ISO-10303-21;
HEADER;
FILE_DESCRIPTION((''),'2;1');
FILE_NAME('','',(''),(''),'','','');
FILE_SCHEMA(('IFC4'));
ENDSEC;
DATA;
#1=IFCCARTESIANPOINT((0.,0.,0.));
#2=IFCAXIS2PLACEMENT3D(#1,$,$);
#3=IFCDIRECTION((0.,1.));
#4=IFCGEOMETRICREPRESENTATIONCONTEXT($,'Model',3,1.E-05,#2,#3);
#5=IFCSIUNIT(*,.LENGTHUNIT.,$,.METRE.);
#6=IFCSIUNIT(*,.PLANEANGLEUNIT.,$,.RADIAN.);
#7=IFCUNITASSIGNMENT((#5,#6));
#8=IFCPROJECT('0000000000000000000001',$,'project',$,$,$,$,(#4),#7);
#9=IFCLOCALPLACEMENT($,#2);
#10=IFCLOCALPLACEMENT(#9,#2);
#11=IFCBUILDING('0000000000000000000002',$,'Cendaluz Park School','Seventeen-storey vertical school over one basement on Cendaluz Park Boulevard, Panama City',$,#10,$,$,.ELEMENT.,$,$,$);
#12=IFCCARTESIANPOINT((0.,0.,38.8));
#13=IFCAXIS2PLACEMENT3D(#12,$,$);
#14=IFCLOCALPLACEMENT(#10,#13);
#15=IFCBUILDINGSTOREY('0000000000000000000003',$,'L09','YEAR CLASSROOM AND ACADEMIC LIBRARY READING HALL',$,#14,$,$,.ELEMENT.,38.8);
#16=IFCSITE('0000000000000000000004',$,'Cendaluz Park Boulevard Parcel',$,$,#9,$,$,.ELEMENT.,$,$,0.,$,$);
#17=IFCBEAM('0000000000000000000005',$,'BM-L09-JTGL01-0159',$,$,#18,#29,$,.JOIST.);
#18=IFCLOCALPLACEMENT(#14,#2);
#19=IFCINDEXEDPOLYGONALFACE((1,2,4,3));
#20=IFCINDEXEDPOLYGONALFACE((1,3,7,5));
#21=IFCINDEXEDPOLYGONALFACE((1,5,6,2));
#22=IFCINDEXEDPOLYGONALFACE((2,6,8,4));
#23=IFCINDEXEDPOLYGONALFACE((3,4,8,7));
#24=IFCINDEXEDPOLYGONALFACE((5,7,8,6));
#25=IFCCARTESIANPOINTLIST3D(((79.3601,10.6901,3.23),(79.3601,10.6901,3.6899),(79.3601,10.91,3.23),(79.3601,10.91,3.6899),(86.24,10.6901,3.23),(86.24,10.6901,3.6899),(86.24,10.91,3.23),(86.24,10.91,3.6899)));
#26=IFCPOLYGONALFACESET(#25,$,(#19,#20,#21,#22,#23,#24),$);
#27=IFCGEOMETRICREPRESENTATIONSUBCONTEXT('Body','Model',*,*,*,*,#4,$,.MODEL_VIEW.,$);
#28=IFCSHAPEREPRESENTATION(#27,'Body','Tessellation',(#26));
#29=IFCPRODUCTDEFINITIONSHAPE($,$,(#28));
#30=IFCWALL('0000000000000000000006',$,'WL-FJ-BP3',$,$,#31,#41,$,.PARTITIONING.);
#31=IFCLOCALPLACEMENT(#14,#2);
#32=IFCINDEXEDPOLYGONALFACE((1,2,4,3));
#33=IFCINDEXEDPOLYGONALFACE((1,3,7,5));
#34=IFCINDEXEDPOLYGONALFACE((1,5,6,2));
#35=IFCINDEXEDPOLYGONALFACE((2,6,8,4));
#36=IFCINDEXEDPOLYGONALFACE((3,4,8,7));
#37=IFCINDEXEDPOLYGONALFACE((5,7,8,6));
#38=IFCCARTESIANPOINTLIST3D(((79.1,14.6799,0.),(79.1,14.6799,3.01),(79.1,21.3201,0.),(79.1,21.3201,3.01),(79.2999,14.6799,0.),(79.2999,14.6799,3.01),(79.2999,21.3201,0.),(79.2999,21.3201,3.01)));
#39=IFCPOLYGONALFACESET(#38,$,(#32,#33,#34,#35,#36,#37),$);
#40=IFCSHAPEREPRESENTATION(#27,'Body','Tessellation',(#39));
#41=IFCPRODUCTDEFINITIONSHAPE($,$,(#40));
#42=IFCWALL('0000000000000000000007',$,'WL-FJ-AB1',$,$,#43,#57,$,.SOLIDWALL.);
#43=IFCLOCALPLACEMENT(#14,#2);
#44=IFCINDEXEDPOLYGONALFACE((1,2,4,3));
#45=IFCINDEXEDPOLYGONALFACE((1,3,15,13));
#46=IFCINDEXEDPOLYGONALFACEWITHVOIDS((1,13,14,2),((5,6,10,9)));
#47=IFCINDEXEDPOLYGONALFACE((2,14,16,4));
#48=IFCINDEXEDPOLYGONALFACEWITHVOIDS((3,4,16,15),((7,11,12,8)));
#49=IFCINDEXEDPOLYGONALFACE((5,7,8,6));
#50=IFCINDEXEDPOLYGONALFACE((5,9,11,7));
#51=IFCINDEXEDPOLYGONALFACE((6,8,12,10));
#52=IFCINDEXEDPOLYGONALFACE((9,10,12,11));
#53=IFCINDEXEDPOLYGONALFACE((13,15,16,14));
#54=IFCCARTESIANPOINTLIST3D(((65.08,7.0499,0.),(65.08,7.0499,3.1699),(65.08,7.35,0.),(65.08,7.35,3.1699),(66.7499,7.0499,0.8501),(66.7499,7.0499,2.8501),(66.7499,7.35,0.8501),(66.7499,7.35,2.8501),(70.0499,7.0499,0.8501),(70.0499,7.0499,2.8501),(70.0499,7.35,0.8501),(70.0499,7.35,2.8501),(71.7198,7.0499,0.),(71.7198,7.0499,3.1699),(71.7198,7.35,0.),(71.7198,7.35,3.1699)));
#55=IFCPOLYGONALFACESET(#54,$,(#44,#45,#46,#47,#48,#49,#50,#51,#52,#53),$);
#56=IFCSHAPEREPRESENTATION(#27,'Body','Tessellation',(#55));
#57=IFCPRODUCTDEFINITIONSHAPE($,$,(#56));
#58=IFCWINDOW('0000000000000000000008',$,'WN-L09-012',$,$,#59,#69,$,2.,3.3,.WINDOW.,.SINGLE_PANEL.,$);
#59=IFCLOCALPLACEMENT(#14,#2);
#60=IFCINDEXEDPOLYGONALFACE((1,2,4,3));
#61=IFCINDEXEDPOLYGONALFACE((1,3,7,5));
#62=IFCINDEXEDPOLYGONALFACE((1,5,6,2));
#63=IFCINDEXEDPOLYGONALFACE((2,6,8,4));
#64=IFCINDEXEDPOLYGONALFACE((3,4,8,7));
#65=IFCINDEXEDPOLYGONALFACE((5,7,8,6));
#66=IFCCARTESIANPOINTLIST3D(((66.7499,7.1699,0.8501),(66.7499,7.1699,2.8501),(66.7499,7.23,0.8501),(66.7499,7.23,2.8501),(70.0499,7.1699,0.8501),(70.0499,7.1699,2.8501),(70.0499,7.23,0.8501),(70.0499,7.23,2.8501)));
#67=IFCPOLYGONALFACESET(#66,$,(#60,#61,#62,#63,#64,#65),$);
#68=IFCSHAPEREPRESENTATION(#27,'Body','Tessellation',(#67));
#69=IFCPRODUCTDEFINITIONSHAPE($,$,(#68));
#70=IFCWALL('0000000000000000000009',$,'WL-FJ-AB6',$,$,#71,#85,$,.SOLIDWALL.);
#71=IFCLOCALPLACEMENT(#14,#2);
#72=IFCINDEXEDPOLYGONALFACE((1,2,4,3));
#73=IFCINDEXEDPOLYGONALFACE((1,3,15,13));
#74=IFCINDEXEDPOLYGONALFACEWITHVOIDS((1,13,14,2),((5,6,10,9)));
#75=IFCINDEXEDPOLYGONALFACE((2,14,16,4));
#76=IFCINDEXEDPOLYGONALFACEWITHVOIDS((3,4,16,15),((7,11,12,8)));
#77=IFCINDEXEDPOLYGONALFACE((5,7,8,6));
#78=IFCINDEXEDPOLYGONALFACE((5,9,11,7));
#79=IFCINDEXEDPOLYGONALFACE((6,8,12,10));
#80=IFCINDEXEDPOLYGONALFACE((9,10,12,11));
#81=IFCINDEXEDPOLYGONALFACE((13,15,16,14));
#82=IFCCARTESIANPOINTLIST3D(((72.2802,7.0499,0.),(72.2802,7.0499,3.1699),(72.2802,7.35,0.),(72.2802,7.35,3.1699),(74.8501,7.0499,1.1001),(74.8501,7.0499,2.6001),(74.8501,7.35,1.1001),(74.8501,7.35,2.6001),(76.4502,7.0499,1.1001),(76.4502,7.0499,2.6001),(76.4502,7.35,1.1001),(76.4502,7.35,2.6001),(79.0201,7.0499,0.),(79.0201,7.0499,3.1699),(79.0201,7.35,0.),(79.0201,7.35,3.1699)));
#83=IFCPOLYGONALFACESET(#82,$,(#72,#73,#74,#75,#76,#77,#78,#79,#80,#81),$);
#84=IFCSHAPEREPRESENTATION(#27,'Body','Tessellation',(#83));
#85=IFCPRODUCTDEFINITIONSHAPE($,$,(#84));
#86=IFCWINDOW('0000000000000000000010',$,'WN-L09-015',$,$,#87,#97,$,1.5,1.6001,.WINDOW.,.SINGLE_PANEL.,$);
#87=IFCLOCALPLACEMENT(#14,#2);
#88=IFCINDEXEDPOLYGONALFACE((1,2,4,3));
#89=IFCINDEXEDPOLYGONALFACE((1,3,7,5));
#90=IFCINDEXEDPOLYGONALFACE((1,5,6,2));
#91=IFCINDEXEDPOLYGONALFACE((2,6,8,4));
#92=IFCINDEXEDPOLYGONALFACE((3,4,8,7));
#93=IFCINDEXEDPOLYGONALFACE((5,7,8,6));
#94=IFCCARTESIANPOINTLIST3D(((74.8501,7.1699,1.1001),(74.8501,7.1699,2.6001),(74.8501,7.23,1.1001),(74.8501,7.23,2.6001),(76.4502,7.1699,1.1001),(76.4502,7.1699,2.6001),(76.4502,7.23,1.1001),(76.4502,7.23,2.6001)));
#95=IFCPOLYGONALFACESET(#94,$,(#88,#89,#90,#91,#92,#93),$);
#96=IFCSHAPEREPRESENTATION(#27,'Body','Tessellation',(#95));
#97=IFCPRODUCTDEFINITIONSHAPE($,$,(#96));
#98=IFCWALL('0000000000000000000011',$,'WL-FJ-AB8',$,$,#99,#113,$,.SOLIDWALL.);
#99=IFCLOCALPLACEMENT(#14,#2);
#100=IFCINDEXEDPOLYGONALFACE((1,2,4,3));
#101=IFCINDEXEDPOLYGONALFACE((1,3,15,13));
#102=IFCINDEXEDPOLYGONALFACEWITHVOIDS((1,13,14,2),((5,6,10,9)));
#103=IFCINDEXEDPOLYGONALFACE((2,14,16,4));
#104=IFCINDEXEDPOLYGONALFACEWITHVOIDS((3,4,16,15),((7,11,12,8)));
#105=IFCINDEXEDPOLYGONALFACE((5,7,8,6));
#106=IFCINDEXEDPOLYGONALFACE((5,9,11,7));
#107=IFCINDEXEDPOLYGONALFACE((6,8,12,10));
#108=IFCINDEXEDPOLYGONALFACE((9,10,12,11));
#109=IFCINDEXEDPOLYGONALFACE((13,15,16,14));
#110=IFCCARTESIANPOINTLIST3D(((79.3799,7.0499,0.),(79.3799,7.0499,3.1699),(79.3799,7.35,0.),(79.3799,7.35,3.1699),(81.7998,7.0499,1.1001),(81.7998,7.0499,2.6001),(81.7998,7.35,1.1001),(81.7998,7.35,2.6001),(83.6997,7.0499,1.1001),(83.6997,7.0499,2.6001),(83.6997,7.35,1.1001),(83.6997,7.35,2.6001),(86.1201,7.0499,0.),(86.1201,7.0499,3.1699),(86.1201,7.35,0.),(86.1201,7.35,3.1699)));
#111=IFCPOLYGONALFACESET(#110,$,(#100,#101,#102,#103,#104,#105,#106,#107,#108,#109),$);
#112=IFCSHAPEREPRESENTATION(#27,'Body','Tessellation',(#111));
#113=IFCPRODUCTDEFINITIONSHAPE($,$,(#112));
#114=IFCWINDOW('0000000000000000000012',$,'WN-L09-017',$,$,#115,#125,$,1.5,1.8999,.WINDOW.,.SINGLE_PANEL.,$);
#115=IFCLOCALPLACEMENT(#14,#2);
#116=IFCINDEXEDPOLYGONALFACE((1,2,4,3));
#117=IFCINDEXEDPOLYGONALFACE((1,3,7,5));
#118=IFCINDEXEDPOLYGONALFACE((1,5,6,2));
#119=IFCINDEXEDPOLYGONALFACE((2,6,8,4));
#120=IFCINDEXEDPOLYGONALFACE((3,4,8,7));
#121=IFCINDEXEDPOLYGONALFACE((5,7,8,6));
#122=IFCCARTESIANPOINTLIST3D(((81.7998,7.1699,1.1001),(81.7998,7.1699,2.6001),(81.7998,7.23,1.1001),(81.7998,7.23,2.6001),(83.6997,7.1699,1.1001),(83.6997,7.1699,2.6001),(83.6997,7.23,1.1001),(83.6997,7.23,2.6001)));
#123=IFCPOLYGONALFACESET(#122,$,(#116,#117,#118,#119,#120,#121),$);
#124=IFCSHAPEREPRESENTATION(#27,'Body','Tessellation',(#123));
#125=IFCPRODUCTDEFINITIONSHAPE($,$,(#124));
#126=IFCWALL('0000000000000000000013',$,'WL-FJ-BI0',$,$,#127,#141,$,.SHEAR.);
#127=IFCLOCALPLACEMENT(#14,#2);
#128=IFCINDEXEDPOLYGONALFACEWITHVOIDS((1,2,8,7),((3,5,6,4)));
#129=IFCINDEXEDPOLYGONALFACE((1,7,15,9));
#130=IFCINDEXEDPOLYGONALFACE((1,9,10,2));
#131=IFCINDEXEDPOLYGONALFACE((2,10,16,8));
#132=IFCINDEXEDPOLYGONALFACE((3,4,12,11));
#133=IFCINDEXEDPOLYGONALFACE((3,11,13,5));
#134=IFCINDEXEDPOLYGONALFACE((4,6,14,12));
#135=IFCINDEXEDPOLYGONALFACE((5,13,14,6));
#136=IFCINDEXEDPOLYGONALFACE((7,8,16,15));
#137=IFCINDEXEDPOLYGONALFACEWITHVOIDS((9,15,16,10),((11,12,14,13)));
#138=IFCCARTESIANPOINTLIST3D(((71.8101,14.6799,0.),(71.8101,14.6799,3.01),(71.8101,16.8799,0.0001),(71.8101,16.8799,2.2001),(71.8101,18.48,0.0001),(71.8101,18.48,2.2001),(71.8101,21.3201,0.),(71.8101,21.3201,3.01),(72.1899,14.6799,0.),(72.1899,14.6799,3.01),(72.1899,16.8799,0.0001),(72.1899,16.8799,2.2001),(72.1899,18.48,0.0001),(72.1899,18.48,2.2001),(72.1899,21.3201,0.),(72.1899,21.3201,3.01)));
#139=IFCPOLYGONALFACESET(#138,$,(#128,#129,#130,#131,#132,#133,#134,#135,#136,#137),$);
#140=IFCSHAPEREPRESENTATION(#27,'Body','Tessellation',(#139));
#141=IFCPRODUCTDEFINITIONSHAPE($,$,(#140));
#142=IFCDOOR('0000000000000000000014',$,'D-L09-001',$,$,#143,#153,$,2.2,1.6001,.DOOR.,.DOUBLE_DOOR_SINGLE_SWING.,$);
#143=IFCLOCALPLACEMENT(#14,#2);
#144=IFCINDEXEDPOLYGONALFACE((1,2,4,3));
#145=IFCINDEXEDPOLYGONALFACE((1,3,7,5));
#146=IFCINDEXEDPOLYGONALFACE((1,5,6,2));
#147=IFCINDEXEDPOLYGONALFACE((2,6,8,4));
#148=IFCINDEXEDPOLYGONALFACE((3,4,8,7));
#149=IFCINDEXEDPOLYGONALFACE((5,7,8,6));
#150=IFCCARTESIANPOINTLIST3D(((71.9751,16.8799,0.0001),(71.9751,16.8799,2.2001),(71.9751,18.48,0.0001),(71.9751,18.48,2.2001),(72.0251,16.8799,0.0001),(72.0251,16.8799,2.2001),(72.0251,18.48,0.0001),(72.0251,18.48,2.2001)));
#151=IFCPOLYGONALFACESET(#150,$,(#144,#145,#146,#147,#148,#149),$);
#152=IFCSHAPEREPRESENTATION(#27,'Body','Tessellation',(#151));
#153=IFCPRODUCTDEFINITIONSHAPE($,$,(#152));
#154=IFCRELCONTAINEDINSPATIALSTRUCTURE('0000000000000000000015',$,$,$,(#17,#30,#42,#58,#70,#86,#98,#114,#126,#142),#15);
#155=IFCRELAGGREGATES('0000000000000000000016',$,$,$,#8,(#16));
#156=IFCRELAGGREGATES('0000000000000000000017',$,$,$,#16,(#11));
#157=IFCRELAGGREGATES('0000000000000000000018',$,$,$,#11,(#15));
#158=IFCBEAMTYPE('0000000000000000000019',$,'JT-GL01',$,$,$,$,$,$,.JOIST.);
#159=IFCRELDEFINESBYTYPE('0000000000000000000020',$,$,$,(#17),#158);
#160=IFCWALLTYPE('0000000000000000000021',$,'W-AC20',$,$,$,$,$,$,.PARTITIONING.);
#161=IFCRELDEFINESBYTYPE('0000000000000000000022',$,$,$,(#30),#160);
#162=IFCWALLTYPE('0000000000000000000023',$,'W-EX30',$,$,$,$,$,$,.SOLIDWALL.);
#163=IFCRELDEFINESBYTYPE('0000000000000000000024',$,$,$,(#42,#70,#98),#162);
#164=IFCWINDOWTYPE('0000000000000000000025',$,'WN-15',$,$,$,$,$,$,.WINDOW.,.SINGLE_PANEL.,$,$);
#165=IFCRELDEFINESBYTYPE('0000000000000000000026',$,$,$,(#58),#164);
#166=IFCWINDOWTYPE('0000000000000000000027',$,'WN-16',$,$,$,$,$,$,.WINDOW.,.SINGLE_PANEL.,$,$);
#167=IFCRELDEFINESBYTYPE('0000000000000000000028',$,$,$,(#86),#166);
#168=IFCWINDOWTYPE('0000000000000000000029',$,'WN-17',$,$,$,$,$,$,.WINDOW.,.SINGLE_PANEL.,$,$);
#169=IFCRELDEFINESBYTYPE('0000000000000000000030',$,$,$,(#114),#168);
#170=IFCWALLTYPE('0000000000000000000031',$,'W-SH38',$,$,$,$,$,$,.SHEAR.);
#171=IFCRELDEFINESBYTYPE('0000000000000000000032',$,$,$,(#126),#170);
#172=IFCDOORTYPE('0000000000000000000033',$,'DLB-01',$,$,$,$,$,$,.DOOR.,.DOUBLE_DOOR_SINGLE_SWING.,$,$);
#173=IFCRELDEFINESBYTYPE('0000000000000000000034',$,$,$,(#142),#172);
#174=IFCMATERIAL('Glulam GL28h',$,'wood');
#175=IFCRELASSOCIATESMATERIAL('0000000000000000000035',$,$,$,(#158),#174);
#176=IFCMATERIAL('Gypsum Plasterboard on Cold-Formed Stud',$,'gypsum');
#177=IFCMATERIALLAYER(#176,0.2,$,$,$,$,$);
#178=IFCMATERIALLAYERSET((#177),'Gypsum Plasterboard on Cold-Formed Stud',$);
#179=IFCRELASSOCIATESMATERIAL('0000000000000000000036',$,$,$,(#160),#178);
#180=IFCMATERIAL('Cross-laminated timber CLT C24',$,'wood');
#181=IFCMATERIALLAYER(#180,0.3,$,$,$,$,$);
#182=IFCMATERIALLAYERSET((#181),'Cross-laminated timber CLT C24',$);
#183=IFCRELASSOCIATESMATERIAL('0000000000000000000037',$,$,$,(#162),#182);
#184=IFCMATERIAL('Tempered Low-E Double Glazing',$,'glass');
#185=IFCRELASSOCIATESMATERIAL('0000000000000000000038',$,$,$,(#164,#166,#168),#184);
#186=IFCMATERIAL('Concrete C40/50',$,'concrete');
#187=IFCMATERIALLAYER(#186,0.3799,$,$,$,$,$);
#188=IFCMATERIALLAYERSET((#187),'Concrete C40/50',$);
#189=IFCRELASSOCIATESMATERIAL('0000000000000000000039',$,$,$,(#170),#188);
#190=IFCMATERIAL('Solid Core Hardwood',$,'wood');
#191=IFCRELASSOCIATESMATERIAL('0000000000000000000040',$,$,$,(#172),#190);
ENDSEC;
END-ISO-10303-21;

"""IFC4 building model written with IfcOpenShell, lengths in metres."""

from ifc_helpers import new_model, si_unit, direction, frame, frame_2d, origin, origin_2d, place, context, subcontext, project, spatial, rectangle, extrude, material, layer, layer_set, material_profile, profile_set, type_object, element, fill, save


model = new_model("IFC4")

# Units and contexts
model_context = context("Model", 3, precision=1e-05, world=origin(), true_north=direction((0.0, 1.0)))
body_context = subcontext(model_context, "Body", "Model", "MODEL_VIEW")
ifc_project = project(units=[si_unit("LENGTHUNIT", "METRE"), si_unit("PLANEANGLEUNIT", "RADIAN")], contexts=[model_context])

# Site, building, storey
site_placement = place(None, origin())
site = spatial("IfcSite", under=ifc_project, at=site_placement, Name="Cendaluz Park Boulevard Parcel", CompositionType="ELEMENT", RefElevation=0.0)
building_placement = place(site_placement, origin())
building = spatial("IfcBuilding", under=site, at=building_placement, Name="Cendaluz Park School", Description="Seventeen-storey vertical school over one basement on Cendaluz Park Boulevard, Panama City", CompositionType="ELEMENT")
storey_placement = place(building_placement, frame((0.0, 0.0, 38.8)))
storey = spatial("IfcBuildingStorey", under=building, at=storey_placement, Name="L09", Description="YEAR CLASSROOM AND ACADEMIC LIBRARY READING HALL", CompositionType="ELEMENT", Elevation=38.8)

# Beam
ifc_material_1 = material(Name="Glulam GL28h", Category="wood")
ifc_material_profile_1 = material_profile(ifc_material_1, rectangle(XDim=0.22, YDim=0.46, at=origin_2d()), Name="GL28h 220x460", Category="wood")
ifc_profile_set_1 = profile_set([ifc_material_profile_1], Name="Glulam GL28h")
beam_type_1 = type_object("IfcBeamType", Name="JT-GL01", PredefinedType="JOIST", material=ifc_profile_set_1)
beam_1_placement = place(storey_placement, frame((79.3601, 10.8, 3.46), z_axis=(1.0, 0.0, 0.0), x_axis=(0.0, 1.0, 0.0)))
element("IfcBeam", 1, at=beam_1_placement, inside=storey, type_object=beam_type_1, Name="BM-L09-JTGL01-0159", PredefinedType="JOIST", context=body_context, shape_type="SweptSolid", body=[
    extrude(rectangle(XDim=0.22, YDim=0.46, at=origin_2d()), origin(), (0.0, 0.0, 1.0), 6.8799),
])

# Wall
ifc_material_2 = material(Name="Gypsum Plasterboard on Cold-Formed Stud", Category="gypsum")
ifc_layer_1 = layer(ifc_material_2, 0.2)
ifc_layer_set_1 = layer_set([ifc_layer_1], Name="Gypsum Plasterboard on Cold-Formed Stud")
wall_type_1 = type_object("IfcWallType", Name="W-AC20", PredefinedType="PARTITIONING", material=ifc_layer_set_1)
wall_1_placement = place(storey_placement, frame((79.2, 14.6799, 0.0), z_axis=(0.0, 0.0, 1.0), x_axis=(0.0, 1.0, 0.0)))
element("IfcWall", 2, at=wall_1_placement, inside=storey, type_object=wall_type_1, Name="WL-FJ-BP3", PredefinedType="PARTITIONING", context=body_context, shape_type="SweptSolid", body=[
    extrude(rectangle(XDim=6.6401, YDim=0.2, at=frame_2d((3.3201, 0.0))), origin(), (0.0, 0.0, 1.0), 3.01),
])

# Walls, openings, windows
ifc_material_3 = material(Name="Cross-laminated timber CLT C24", Category="wood")
ifc_layer_2 = layer(ifc_material_3, 0.3)
ifc_layer_set_2 = layer_set([ifc_layer_2], Name="Cross-laminated timber CLT C24")
wall_type_2 = type_object("IfcWallType", Name="W-EX30", PredefinedType="SOLIDWALL", material=ifc_layer_set_2)
wall_2_placement = place(storey_placement, frame((65.0801, 7.2, 0.0), z_axis=(0.0, 0.0, 1.0), x_axis=(1.0, 0.0, 0.0)))
wall_2 = element("IfcWall", 3, at=wall_2_placement, inside=storey, type_object=wall_type_2, Name="WL-FJ-AB1", PredefinedType="SOLIDWALL", context=body_context, shape_type="SweptSolid", body=[
    extrude(rectangle(XDim=6.6399, YDim=0.3, at=frame_2d((3.3198, 0.0))), origin(), (0.0, 0.0, 1.0), 3.1699),
])
opening_1_placement = place(wall_2_placement, frame((1.6699, 0.0, 0.8501)))
opening_1 = element("IfcOpeningElement", 4, at=opening_1_placement, cuts=wall_2, PredefinedType="OPENING", context=body_context, shape_type="SweptSolid", body=[
    extrude(rectangle(XDim=3.3, YDim=2.0, at=frame_2d((1.6499, 1.0))), frame((0.0, 0.1621, 0.0), z_axis=(0.0, -1.0, 0.0), x_axis=(1.0, 0.0, 0.0)), (0.0, 0.0, 1.0), 0.324),
])
ifc_material_4 = material(Name="Tempered Low-E Double Glazing", Category="glass")
window_type_1 = type_object("IfcWindowType", Name="WN-15", PartitioningType="SINGLE_PANEL", PredefinedType="WINDOW", material=ifc_material_4)
window_1_placement = place(opening_1_placement, origin())
window_1 = element("IfcWindow", 5, at=window_1_placement, inside=storey, type_object=window_type_1, Name="WN-L09-012", OverallHeight=2.0, OverallWidth=3.3, PartitioningType="SINGLE_PANEL", PredefinedType="WINDOW", context=body_context, shape_type="SweptSolid", body=[
    extrude(rectangle(XDim=3.3, YDim=2.0, at=frame_2d((1.6499, 1.0))), frame((0.0, 0.03, 0.0), z_axis=(0.0, -1.0, 0.0), x_axis=(1.0, 0.0, 0.0)), (0.0, 0.0, 1.0), 0.0601),
])
fill(opening_1, window_1)
wall_3_placement = place(storey_placement, frame((72.28, 7.2, 0.0), z_axis=(0.0, 0.0, 1.0), x_axis=(1.0, 0.0, 0.0)))
wall_3 = element("IfcWall", 6, at=wall_3_placement, inside=storey, type_object=wall_type_2, Name="WL-FJ-AB6", PredefinedType="SOLIDWALL", context=body_context, shape_type="SweptSolid", body=[
    extrude(rectangle(XDim=6.74, YDim=0.3, at=frame_2d((3.3701, 0.0))), origin(), (0.0, 0.0, 1.0), 3.1699),
])
opening_2_placement = place(wall_3_placement, frame((2.5701, 0.0, 1.1001)))
opening_2 = element("IfcOpeningElement", 7, at=opening_2_placement, cuts=wall_3, PredefinedType="OPENING", context=body_context, shape_type="SweptSolid", body=[
    extrude(rectangle(XDim=1.6001, YDim=1.5, at=frame_2d((0.8, 0.75))), frame((0.0, 0.1621, 0.0), z_axis=(0.0, -1.0, 0.0), x_axis=(1.0, 0.0, 0.0)), (0.0, 0.0, 1.0), 0.324),
])
window_type_2 = type_object("IfcWindowType", Name="WN-16", PartitioningType="SINGLE_PANEL", PredefinedType="WINDOW", material=ifc_material_4)
window_2_placement = place(opening_2_placement, origin())
window_2 = element("IfcWindow", 8, at=window_2_placement, inside=storey, type_object=window_type_2, Name="WN-L09-015", OverallHeight=1.5, OverallWidth=1.6001, PartitioningType="SINGLE_PANEL", PredefinedType="WINDOW", context=body_context, shape_type="SweptSolid", body=[
    extrude(rectangle(XDim=1.6001, YDim=1.5, at=frame_2d((0.8, 0.75))), frame((0.0, 0.03, 0.0), z_axis=(0.0, -1.0, 0.0), x_axis=(1.0, 0.0, 0.0)), (0.0, 0.0, 1.0), 0.0601),
])
fill(opening_2, window_2)
wall_4_placement = place(storey_placement, frame((79.3799, 7.2, 0.0), z_axis=(0.0, 0.0, 1.0), x_axis=(1.0, 0.0, 0.0)))
wall_4 = element("IfcWall", 9, at=wall_4_placement, inside=storey, type_object=wall_type_2, Name="WL-FJ-AB8", PredefinedType="SOLIDWALL", context=body_context, shape_type="SweptSolid", body=[
    extrude(rectangle(XDim=6.7402, YDim=0.3, at=frame_2d((3.3701, 0.0))), origin(), (0.0, 0.0, 1.0), 3.1699),
])
opening_3_placement = place(wall_4_placement, frame((2.4199, 0.0, 1.1001)))
opening_3 = element("IfcOpeningElement", 10, at=opening_3_placement, cuts=wall_4, PredefinedType="OPENING", context=body_context, shape_type="SweptSolid", body=[
    extrude(rectangle(XDim=1.8999, YDim=1.5, at=frame_2d((0.95, 0.75))), frame((0.0, 0.1621, 0.0), z_axis=(0.0, -1.0, 0.0), x_axis=(1.0, 0.0, 0.0)), (0.0, 0.0, 1.0), 0.324),
])
window_type_3 = type_object("IfcWindowType", Name="WN-17", PartitioningType="SINGLE_PANEL", PredefinedType="WINDOW", material=ifc_material_4)
window_3_placement = place(opening_3_placement, origin())
window_3 = element("IfcWindow", 11, at=window_3_placement, inside=storey, type_object=window_type_3, Name="WN-L09-017", OverallHeight=1.5, OverallWidth=1.8999, PartitioningType="SINGLE_PANEL", PredefinedType="WINDOW", context=body_context, shape_type="SweptSolid", body=[
    extrude(rectangle(XDim=1.8999, YDim=1.5, at=frame_2d((0.95, 0.75))), frame((0.0, 0.03, 0.0), z_axis=(0.0, -1.0, 0.0), x_axis=(1.0, 0.0, 0.0)), (0.0, 0.0, 1.0), 0.0601),
])
fill(opening_3, window_3)

# Shared definitions
ifc_material_5 = material(Name="Concrete C40/50", Category="concrete")
ifc_material_6 = material(Name="Solid Core Hardwood", Category="wood")

# Wall, opening, door
ifc_layer_3 = layer(ifc_material_5, 0.3799)
ifc_layer_set_3 = layer_set([ifc_layer_3], Name="Concrete C40/50")
wall_type_3 = type_object("IfcWallType", Name="W-SH38", PredefinedType="SHEAR", material=ifc_layer_set_3)
wall_5_placement = place(storey_placement, frame((72.0, 14.6799, 0.0), z_axis=(0.0, 0.0, 1.0), x_axis=(0.0, 1.0, 0.0)))
wall_5 = element("IfcWall", 12, at=wall_5_placement, inside=storey, type_object=wall_type_3, Name="WL-FJ-BI0", PredefinedType="SHEAR", context=body_context, shape_type="SweptSolid", body=[
    extrude(rectangle(XDim=6.6401, YDim=0.3799, at=frame_2d((3.3201, 0.0))), origin(), (0.0, 0.0, 1.0), 3.01),
])
opening_4_placement = place(wall_5_placement, frame((2.2, 0.0, 0.0)))
opening_4 = element("IfcOpeningElement", 13, at=opening_4_placement, cuts=wall_5, PredefinedType="OPENING", context=body_context, shape_type="SweptSolid", body=[
    extrude(rectangle(XDim=1.6001, YDim=2.2, at=frame_2d((0.8, 1.1001))), frame((0.0, 0.2019, 0.0), z_axis=(0.0, -1.0, 0.0), x_axis=(1.0, 0.0, 0.0)), (0.0, 0.0, 1.0), 0.4038),
])
door_type_1 = type_object("IfcDoorType", Name="DLB-01", OperationType="DOUBLE_DOOR_SINGLE_SWING", PredefinedType="DOOR", material=ifc_material_6)
door_1_placement = place(opening_4_placement, origin())
door_1 = element("IfcDoor", 14, at=door_1_placement, inside=storey, type_object=door_type_1, Name="D-L09-001", OperationType="DOUBLE_DOOR_SINGLE_SWING", OverallHeight=2.2, OverallWidth=1.6001, PredefinedType="DOOR", context=body_context, shape_type="SweptSolid", body=[
    extrude(rectangle(XDim=1.6001, YDim=2.2, at=frame_2d((0.8, 1.1001))), frame((0.0, 0.0249, 0.0), z_axis=(0.0, -1.0, 0.0), x_axis=(1.0, 0.0, 0.0)), (0.0, 0.0, 1.0), 0.05),
])
fill(opening_4, door_1)

save(model, "model.ifc")
